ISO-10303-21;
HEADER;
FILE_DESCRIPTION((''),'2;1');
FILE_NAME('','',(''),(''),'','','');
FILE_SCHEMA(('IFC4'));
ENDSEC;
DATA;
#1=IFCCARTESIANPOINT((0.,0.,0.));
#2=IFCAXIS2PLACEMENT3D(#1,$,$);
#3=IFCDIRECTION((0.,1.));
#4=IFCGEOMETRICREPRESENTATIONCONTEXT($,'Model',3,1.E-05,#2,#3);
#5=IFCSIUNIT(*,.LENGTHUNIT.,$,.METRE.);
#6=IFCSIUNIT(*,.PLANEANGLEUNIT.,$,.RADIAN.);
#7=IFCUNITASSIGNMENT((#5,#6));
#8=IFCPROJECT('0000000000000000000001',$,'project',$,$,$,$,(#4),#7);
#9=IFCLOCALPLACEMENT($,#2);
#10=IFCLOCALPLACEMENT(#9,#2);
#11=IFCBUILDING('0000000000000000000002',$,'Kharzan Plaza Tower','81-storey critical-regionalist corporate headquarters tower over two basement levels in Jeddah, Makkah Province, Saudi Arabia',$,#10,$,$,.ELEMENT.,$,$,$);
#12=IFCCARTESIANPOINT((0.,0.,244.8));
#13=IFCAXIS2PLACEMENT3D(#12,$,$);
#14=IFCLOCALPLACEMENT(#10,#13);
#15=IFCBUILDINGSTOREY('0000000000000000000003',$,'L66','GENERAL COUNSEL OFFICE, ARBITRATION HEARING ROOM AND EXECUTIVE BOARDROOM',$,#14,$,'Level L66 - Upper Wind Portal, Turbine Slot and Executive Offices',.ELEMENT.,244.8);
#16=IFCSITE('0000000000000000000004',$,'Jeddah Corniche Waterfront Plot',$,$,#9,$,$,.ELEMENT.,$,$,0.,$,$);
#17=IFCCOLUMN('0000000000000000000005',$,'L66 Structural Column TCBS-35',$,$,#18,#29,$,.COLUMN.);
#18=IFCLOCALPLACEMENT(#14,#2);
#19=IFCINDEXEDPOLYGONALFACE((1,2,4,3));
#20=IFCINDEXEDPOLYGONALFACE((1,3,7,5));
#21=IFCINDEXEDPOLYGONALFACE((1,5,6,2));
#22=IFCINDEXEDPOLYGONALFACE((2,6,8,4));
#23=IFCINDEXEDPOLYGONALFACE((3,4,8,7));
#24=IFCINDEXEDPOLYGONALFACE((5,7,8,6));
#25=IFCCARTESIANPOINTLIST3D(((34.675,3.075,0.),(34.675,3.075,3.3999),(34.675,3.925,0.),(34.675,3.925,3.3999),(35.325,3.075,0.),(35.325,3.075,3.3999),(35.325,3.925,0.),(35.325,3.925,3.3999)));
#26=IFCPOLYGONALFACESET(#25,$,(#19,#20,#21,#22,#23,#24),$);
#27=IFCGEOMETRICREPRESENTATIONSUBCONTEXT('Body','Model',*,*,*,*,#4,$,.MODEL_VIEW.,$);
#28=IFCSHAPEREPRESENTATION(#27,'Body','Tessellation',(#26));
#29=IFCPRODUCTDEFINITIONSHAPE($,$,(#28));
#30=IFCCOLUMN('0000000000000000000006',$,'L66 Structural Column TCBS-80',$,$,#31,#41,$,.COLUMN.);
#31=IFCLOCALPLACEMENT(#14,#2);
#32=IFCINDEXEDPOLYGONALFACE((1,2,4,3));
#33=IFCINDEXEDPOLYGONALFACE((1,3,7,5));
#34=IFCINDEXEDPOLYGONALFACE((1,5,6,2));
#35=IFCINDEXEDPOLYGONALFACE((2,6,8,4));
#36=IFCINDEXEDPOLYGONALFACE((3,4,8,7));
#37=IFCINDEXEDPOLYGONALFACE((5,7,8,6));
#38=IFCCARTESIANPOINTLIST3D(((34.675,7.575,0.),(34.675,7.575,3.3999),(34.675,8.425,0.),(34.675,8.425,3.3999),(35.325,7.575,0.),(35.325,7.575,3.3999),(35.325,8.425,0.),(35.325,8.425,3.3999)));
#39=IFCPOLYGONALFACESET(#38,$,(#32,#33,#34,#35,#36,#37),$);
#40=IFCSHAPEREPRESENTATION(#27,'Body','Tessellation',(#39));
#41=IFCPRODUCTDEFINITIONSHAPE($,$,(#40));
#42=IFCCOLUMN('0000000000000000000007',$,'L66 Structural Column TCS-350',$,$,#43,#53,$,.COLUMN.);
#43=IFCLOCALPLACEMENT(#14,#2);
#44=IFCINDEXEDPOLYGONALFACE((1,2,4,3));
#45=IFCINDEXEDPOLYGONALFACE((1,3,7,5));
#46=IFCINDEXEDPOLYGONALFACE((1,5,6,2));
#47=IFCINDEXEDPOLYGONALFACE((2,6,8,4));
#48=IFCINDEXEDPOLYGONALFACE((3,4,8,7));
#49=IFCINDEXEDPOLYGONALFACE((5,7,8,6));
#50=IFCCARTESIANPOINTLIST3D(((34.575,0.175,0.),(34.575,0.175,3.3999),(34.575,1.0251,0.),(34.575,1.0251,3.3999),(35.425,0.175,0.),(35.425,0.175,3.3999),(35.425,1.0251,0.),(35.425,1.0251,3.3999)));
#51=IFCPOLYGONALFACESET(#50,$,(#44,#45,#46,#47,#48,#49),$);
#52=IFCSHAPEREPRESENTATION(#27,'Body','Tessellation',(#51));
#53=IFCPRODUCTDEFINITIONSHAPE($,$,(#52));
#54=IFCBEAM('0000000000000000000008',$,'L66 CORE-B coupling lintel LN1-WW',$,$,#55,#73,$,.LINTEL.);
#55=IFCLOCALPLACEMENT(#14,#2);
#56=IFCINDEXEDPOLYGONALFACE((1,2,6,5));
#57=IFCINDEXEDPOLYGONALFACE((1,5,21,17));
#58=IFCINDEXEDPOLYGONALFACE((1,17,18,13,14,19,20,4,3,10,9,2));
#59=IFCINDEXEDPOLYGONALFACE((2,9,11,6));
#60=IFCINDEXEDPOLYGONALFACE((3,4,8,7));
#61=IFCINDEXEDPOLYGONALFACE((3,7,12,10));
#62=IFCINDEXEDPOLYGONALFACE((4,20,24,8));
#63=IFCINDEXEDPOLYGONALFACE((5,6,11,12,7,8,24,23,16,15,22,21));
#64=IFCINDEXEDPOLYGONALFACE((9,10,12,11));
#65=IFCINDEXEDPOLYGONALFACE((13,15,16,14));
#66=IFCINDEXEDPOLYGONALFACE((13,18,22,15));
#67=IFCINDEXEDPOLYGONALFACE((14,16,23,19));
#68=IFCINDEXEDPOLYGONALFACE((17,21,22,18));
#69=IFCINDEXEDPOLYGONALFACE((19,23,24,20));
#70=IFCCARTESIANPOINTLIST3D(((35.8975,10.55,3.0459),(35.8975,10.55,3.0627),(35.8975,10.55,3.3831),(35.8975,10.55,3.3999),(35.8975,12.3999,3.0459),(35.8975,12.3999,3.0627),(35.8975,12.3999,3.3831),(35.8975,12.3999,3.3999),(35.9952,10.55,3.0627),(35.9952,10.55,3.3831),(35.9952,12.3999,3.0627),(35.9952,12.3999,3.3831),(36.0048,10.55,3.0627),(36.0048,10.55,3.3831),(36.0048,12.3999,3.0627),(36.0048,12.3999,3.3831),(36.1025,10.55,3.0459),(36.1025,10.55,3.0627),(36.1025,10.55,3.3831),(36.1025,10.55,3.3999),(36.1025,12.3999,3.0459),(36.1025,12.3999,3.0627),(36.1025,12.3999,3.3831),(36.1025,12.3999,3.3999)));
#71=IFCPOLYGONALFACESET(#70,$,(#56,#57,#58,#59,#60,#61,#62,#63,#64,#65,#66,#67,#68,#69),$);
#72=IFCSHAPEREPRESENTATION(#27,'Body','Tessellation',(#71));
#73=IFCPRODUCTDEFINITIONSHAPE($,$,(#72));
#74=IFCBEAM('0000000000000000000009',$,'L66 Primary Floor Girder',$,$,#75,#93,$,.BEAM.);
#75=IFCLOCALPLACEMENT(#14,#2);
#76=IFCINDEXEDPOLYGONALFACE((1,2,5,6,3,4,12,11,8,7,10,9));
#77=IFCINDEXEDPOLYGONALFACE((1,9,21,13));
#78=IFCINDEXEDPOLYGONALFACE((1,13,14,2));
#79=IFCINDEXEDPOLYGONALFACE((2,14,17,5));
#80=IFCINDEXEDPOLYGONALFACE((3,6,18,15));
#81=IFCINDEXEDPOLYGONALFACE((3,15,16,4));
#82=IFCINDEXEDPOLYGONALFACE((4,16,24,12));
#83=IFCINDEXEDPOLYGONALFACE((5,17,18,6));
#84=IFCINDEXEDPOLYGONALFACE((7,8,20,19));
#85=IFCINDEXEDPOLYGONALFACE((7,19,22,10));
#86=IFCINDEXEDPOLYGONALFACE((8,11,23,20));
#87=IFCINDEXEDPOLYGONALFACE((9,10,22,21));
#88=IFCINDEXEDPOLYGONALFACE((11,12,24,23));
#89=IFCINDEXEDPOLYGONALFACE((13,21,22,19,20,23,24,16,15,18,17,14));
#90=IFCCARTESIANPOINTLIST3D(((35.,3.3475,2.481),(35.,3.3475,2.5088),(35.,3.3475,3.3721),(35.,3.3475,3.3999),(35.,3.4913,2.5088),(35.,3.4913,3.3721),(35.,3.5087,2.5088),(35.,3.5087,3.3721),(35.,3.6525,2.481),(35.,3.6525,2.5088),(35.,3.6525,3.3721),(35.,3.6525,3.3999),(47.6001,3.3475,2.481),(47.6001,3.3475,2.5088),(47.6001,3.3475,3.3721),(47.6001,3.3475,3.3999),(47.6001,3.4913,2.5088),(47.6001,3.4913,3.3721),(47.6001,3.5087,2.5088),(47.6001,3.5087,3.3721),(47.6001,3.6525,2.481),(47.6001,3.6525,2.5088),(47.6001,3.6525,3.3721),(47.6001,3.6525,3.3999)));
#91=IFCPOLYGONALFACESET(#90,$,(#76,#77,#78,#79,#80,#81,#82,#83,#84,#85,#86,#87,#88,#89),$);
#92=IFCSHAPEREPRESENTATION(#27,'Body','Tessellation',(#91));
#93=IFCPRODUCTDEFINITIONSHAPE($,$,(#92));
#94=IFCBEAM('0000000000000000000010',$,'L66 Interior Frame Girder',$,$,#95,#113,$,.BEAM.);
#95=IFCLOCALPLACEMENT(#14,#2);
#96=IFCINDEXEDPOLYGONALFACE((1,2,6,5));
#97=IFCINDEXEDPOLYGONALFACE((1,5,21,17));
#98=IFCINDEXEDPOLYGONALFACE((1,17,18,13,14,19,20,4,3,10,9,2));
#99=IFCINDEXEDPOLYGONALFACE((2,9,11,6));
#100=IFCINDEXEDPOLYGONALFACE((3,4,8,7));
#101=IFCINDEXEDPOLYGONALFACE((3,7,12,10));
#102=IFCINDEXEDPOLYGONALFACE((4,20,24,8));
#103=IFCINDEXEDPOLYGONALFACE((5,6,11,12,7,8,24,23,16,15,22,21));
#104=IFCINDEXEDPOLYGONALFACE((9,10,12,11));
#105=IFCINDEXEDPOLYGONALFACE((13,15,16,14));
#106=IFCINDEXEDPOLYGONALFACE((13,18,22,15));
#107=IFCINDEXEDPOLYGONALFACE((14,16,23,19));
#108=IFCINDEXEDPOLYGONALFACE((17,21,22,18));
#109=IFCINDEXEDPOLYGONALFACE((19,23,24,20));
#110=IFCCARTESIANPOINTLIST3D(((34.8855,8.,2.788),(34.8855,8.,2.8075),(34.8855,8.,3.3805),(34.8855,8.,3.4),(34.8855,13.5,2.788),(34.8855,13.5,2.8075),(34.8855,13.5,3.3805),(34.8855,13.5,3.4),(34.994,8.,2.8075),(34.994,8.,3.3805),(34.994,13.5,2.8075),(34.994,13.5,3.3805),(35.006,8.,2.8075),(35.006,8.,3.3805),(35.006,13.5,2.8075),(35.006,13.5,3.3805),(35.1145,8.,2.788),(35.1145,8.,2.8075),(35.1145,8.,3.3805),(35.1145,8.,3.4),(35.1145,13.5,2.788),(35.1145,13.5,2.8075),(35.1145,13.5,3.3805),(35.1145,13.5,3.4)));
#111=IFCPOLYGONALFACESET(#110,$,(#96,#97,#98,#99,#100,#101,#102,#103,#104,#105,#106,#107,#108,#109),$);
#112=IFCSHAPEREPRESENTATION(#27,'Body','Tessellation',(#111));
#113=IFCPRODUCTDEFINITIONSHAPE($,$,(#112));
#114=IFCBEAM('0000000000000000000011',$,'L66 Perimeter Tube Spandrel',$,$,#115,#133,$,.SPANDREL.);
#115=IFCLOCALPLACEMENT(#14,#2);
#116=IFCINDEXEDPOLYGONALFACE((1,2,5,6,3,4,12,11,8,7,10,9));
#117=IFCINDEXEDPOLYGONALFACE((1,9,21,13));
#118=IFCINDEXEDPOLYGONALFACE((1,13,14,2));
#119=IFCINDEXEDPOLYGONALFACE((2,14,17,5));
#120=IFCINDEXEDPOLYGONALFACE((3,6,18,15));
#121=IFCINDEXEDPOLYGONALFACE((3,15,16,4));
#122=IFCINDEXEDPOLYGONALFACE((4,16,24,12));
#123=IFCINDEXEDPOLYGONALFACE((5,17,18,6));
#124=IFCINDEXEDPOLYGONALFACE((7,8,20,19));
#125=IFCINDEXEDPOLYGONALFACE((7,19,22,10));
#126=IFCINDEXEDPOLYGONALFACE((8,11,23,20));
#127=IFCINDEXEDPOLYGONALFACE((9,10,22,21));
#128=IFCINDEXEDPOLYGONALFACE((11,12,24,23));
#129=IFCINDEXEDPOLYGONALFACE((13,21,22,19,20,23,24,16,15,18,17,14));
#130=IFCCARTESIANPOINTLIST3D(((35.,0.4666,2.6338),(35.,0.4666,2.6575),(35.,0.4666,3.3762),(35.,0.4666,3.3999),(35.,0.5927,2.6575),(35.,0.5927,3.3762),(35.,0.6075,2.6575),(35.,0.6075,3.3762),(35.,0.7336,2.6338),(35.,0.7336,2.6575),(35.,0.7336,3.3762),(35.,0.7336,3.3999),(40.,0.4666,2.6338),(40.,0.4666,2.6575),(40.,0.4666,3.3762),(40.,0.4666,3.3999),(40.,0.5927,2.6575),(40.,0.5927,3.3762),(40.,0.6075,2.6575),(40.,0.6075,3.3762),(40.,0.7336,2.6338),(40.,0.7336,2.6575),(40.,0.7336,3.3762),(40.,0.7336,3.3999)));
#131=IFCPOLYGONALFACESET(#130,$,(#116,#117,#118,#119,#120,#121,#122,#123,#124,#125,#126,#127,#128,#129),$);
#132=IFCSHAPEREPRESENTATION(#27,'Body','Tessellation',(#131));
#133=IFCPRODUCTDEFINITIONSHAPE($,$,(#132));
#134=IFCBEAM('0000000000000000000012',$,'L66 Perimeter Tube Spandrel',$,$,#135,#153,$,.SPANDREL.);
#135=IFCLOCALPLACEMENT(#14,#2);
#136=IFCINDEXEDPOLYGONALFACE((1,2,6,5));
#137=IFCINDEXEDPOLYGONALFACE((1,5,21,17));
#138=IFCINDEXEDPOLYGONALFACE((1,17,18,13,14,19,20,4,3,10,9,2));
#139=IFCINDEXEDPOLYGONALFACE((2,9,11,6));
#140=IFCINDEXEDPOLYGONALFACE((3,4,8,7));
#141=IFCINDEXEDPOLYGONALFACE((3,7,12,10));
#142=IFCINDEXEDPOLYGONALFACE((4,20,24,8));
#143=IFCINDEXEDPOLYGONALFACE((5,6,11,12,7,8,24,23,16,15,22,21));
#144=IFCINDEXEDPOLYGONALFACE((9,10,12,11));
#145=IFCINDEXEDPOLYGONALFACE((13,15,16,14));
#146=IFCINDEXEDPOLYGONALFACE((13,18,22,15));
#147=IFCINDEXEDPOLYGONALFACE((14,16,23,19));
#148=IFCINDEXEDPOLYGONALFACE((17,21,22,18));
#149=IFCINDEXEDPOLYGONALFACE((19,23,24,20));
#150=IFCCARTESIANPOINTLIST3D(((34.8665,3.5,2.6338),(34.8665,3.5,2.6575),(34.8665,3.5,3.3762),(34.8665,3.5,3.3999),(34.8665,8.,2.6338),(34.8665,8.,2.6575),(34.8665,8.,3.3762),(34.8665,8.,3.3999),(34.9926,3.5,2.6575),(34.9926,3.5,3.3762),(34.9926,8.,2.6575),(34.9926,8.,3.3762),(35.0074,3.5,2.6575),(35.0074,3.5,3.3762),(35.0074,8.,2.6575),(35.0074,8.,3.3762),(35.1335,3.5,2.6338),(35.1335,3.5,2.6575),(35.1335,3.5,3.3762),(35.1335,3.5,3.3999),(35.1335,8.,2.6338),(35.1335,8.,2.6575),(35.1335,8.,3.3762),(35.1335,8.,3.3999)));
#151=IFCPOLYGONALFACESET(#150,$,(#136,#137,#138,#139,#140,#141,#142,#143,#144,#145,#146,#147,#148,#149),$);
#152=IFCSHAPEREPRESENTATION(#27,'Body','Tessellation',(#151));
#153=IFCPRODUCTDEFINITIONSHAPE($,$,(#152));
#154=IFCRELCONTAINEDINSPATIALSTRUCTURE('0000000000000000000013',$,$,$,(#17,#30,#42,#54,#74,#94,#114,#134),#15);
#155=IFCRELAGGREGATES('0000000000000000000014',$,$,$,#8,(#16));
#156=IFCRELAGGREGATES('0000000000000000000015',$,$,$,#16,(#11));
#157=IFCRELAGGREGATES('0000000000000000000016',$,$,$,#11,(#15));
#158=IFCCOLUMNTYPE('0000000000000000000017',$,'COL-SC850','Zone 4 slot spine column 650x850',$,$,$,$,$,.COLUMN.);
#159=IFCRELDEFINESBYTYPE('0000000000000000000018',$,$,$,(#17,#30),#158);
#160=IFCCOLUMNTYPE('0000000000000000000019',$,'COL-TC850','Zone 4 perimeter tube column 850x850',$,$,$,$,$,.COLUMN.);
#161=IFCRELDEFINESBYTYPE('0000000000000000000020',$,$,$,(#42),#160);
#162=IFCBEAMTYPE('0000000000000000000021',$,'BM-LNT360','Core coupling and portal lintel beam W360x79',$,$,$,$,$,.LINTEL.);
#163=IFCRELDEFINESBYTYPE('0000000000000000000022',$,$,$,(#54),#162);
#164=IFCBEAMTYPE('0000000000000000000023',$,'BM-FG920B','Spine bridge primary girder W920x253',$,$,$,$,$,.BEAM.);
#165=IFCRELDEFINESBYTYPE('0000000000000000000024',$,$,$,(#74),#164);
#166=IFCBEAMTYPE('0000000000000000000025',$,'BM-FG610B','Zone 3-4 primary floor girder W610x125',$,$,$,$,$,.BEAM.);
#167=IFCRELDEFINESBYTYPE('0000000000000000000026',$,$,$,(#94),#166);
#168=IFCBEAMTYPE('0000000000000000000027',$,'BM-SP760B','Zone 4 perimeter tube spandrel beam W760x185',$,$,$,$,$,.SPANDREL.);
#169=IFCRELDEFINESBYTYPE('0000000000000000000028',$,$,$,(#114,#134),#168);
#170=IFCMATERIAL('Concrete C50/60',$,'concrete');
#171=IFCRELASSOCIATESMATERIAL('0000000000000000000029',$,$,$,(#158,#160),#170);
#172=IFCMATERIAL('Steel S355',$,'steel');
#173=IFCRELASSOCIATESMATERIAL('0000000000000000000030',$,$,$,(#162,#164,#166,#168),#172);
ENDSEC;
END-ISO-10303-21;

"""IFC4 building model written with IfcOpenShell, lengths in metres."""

from ifc_helpers import new_model, si_unit, direction, frame, origin, origin_2d, place, context, subcontext, project, spatial, rectangle, i_section, extrude, source, transform, mapped, material, material_profile, profile_set, type_object, element, save


model = new_model("IFC4")

# Units and contexts
model_context = context("Model", 3, precision=1e-05, world=origin(), true_north=direction((0.0, 1.0)))
body_context = subcontext(model_context, "Body", "Model", "MODEL_VIEW")
ifc_project = project(units=[si_unit("LENGTHUNIT", "METRE"), si_unit("PLANEANGLEUNIT", "RADIAN")], contexts=[model_context])

# Site, building, storey
site_placement = place(None, origin())
site = spatial("IfcSite", under=ifc_project, at=site_placement, Name="Jeddah Corniche Waterfront Plot", CompositionType="ELEMENT", RefElevation=0.0)
building_placement = place(site_placement, origin())
building = spatial("IfcBuilding", under=site, at=building_placement, Name="Kharzan Plaza Tower", Description="81-storey critical-regionalist corporate headquarters tower over two basement levels in Jeddah, Makkah Province, Saudi Arabia", CompositionType="ELEMENT")
storey_placement = place(building_placement, frame((0.0, 0.0, 244.8)))
storey = spatial("IfcBuildingStorey", under=building, at=storey_placement, Name="L66", Description="GENERAL COUNSEL OFFICE, ARBITRATION HEARING ROOM AND EXECUTIVE BOARDROOM", LongName="Level L66 - Upper Wind Portal, Turbine Slot and Executive Offices", CompositionType="ELEMENT", Elevation=244.8)

# Columns
ifc_material_1 = material(Name="Concrete C50/60", Category="concrete")
ifc_material_profile_1 = material_profile(ifc_material_1, rectangle(XDim=0.6499, YDim=0.8501, at=origin_2d()), Name="RC-SC850x650")
ifc_profile_set_1 = profile_set([ifc_material_profile_1], Name="Concrete C50/60")
column_type_1 = type_object("IfcColumnType", Name="COL-SC850", Description="Zone 4 slot spine column 650x850", PredefinedType="COLUMN", material=ifc_profile_set_1)
shared_shape_1 = source(origin(), body_context, "Body", "SweptSolid", [
    extrude(rectangle(XDim=0.6499, YDim=0.8501, at=origin_2d()), origin(), (0.0, 0.0, 1.0), 3.3999),
])
for number, where, z_axis, x_axis, name in (
    (1, (35.0, 3.5, 0.0), (0.0, 0.0, 1.0), (1.0, 0.0, 0.0), "L66 Structural Column TCBS-35"),
    (2, (35.0, 8.0, 0.0), (0.0, 0.0, 1.0), (1.0, 0.0, 0.0), "L66 Structural Column TCBS-80"),
):
    element("IfcColumn", number, at=place(storey_placement, frame(where, z_axis=z_axis, x_axis=x_axis)), inside=storey, type_object=column_type_1, Name=name, PredefinedType="COLUMN", context=body_context, shape_type="MappedRepresentation", body=[
        mapped(shared_shape_1, transform((0.0, 0.0, 0.0), x_axis=(1.0, 0.0, 0.0), y_axis=(0.0, 1.0, 0.0), z_axis=(0.0, 0.0, 1.0))),
    ])
ifc_material_profile_2 = material_profile(ifc_material_1, rectangle(XDim=0.8501, YDim=0.8501, at=origin_2d()), Name="RC-TC850x850")
ifc_profile_set_2 = profile_set([ifc_material_profile_2], Name="Concrete C50/60")
column_type_2 = type_object("IfcColumnType", Name="COL-TC850", Description="Zone 4 perimeter tube column 850x850", PredefinedType="COLUMN", material=ifc_profile_set_2)
shared_shape_2 = source(origin(), body_context, "Body", "SweptSolid", [
    extrude(rectangle(XDim=0.8501, YDim=0.8501, at=origin_2d()), origin(), (0.0, 0.0, 1.0), 3.3999),
])
column_placement = place(storey_placement, frame((35.0, 0.6001, 0.0), z_axis=(0.0, 0.0, 1.0), x_axis=(1.0, 0.0, 0.0)))
element("IfcColumn", 3, at=column_placement, inside=storey, type_object=column_type_2, Name="L66 Structural Column TCS-350", PredefinedType="COLUMN", context=body_context, shape_type="MappedRepresentation", body=[
    mapped(shared_shape_2, transform((0.0, 0.0, 0.0), x_axis=(1.0, 0.0, 0.0), y_axis=(0.0, 1.0, 0.0), z_axis=(0.0, 0.0, 1.0))),
])

# Beams
ifc_material_2 = material(Name="Steel S355", Category="steel")
ifc_material_profile_3 = material_profile(ifc_material_2, i_section(OverallWidth=0.2051, OverallDepth=0.354, WebThickness=0.0095, FlangeThickness=0.0168, at=origin_2d()), Name="W360x79")
ifc_profile_set_3 = profile_set([ifc_material_profile_3], Name="Steel S355")
beam_type_1 = type_object("IfcBeamType", Name="BM-LNT360", Description="Core coupling and portal lintel beam W360x79", PredefinedType="LINTEL", material=ifc_profile_set_3)
shared_shape_3 = source(origin(), body_context, "Body", "SweptSolid", [
    extrude(i_section(OverallWidth=0.2051, OverallDepth=0.354, WebThickness=0.0095, FlangeThickness=0.0168, at=origin_2d()), origin(), (0.0, 0.0, 1.0), 1.8499),
])
beam_1_placement = place(storey_placement, frame((36.0, 10.55, 3.2229), z_axis=(0.0, 1.0, 0.0), x_axis=(-1.0, 0.0, 0.0)))
element("IfcBeam", 4, at=beam_1_placement, inside=storey, type_object=beam_type_1, Name="L66 CORE-B coupling lintel LN1-WW", PredefinedType="LINTEL", context=body_context, shape_type="MappedRepresentation", body=[
    mapped(shared_shape_3, transform((0.0, 0.0, 0.0), x_axis=(1.0, 0.0, 0.0), y_axis=(0.0, 1.0, 0.0), z_axis=(0.0, 0.0, 1.0))),
])
ifc_material_profile_4 = material_profile(ifc_material_2, i_section(OverallWidth=0.3049, OverallDepth=0.9189, WebThickness=0.0173, FlangeThickness=0.0278, at=origin_2d()), Name="W920x253")
ifc_profile_set_4 = profile_set([ifc_material_profile_4], Name="Steel S355")
beam_type_2 = type_object("IfcBeamType", Name="BM-FG920B", Description="Spine bridge primary girder W920x253", PredefinedType="BEAM", material=ifc_profile_set_4)
shared_shape_4 = source(origin(), body_context, "Body", "SweptSolid", [
    extrude(i_section(OverallWidth=0.3049, OverallDepth=0.9189, WebThickness=0.0173, FlangeThickness=0.0278, at=origin_2d()), origin(), (0.0, 0.0, 1.0), 12.6001),
])
beam_2_placement = place(storey_placement, frame((35.0, 3.5, 2.9404), z_axis=(1.0, 0.0, 0.0), x_axis=(0.0, 1.0, 0.0)))
element("IfcBeam", 5, at=beam_2_placement, inside=storey, type_object=beam_type_2, Name="L66 Primary Floor Girder", PredefinedType="BEAM", context=body_context, shape_type="MappedRepresentation", body=[
    mapped(shared_shape_4, transform((0.0, 0.0, 0.0), x_axis=(1.0, 0.0, 0.0), y_axis=(0.0, 1.0, 0.0), z_axis=(0.0, 0.0, 1.0))),
])
ifc_material_profile_5 = material_profile(ifc_material_2, i_section(OverallWidth=0.229, OverallDepth=0.6121, WebThickness=0.012, FlangeThickness=0.0195, at=origin_2d()), Name="W610x125")
ifc_profile_set_5 = profile_set([ifc_material_profile_5], Name="Steel S355")
beam_type_3 = type_object("IfcBeamType", Name="BM-FG610B", Description="Zone 3-4 primary floor girder W610x125", PredefinedType="BEAM", material=ifc_profile_set_5)
shared_shape_5 = source(origin(), body_context, "Body", "SweptSolid", [
    extrude(i_section(OverallWidth=0.229, OverallDepth=0.6121, WebThickness=0.012, FlangeThickness=0.0195, at=origin_2d()), origin(), (0.0, 0.0, 1.0), 5.5),
])
beam_3_placement = place(storey_placement, frame((35.0, 8.0, 3.094), z_axis=(0.0, 1.0, 0.0), x_axis=(-1.0, 0.0, 0.0)))
element("IfcBeam", 6, at=beam_3_placement, inside=storey, type_object=beam_type_3, Name="L66 Interior Frame Girder", PredefinedType="BEAM", context=body_context, shape_type="MappedRepresentation", body=[
    mapped(shared_shape_5, transform((0.0, 0.0, 0.0), x_axis=(1.0, 0.0, 0.0), y_axis=(0.0, 1.0, 0.0), z_axis=(0.0, 0.0, 1.0))),
])
ifc_material_profile_6 = material_profile(ifc_material_2, i_section(OverallWidth=0.2671, OverallDepth=0.7661, WebThickness=0.0149, FlangeThickness=0.0237, at=origin_2d()), Name="W760x185")
ifc_profile_set_6 = profile_set([ifc_material_profile_6], Name="Steel S355")
beam_type_4 = type_object("IfcBeamType", Name="BM-SP760B", Description="Zone 4 perimeter tube spandrel beam W760x185", PredefinedType="SPANDREL", material=ifc_profile_set_6)
shared_shape_6 = source(origin(), body_context, "Body", "SweptSolid", [
    extrude(i_section(OverallWidth=0.2671, OverallDepth=0.7661, WebThickness=0.0149, FlangeThickness=0.0237, at=origin_2d()), origin(), (0.0, 0.0, 1.0), 5.0),
])
beam_4_placement = place(storey_placement, frame((35.0, 0.6001, 3.0168), z_axis=(1.0, 0.0, 0.0), x_axis=(0.0, 1.0, 0.0)))
element("IfcBeam", 7, at=beam_4_placement, inside=storey, type_object=beam_type_4, Name="L66 Perimeter Tube Spandrel", PredefinedType="SPANDREL", context=body_context, shape_type="MappedRepresentation", body=[
    mapped(shared_shape_6, transform((0.0, 0.0, 0.0), x_axis=(1.0, 0.0, 0.0), y_axis=(0.0, 1.0, 0.0), z_axis=(0.0, 0.0, 1.0))),
])
shared_shape_7 = source(origin(), body_context, "Body", "SweptSolid", [
    extrude(i_section(OverallWidth=0.2671, OverallDepth=0.7661, WebThickness=0.0149, FlangeThickness=0.0237, at=origin_2d()), origin(), (0.0, 0.0, 1.0), 4.5),
])
beam_5_placement = place(storey_placement, frame((35.0, 3.5, 3.0168), z_axis=(0.0, 1.0, 0.0), x_axis=(-1.0, 0.0, 0.0)))
element("IfcBeam", 8, at=beam_5_placement, inside=storey, type_object=beam_type_4, Name="L66 Perimeter Tube Spandrel", PredefinedType="SPANDREL", context=body_context, shape_type="MappedRepresentation", body=[
    mapped(shared_shape_7, transform((0.0, 0.0, 0.0), x_axis=(1.0, 0.0, 0.0), y_axis=(0.0, 1.0, 0.0), z_axis=(0.0, 0.0, 1.0))),
])

save(model, "model.ifc")
